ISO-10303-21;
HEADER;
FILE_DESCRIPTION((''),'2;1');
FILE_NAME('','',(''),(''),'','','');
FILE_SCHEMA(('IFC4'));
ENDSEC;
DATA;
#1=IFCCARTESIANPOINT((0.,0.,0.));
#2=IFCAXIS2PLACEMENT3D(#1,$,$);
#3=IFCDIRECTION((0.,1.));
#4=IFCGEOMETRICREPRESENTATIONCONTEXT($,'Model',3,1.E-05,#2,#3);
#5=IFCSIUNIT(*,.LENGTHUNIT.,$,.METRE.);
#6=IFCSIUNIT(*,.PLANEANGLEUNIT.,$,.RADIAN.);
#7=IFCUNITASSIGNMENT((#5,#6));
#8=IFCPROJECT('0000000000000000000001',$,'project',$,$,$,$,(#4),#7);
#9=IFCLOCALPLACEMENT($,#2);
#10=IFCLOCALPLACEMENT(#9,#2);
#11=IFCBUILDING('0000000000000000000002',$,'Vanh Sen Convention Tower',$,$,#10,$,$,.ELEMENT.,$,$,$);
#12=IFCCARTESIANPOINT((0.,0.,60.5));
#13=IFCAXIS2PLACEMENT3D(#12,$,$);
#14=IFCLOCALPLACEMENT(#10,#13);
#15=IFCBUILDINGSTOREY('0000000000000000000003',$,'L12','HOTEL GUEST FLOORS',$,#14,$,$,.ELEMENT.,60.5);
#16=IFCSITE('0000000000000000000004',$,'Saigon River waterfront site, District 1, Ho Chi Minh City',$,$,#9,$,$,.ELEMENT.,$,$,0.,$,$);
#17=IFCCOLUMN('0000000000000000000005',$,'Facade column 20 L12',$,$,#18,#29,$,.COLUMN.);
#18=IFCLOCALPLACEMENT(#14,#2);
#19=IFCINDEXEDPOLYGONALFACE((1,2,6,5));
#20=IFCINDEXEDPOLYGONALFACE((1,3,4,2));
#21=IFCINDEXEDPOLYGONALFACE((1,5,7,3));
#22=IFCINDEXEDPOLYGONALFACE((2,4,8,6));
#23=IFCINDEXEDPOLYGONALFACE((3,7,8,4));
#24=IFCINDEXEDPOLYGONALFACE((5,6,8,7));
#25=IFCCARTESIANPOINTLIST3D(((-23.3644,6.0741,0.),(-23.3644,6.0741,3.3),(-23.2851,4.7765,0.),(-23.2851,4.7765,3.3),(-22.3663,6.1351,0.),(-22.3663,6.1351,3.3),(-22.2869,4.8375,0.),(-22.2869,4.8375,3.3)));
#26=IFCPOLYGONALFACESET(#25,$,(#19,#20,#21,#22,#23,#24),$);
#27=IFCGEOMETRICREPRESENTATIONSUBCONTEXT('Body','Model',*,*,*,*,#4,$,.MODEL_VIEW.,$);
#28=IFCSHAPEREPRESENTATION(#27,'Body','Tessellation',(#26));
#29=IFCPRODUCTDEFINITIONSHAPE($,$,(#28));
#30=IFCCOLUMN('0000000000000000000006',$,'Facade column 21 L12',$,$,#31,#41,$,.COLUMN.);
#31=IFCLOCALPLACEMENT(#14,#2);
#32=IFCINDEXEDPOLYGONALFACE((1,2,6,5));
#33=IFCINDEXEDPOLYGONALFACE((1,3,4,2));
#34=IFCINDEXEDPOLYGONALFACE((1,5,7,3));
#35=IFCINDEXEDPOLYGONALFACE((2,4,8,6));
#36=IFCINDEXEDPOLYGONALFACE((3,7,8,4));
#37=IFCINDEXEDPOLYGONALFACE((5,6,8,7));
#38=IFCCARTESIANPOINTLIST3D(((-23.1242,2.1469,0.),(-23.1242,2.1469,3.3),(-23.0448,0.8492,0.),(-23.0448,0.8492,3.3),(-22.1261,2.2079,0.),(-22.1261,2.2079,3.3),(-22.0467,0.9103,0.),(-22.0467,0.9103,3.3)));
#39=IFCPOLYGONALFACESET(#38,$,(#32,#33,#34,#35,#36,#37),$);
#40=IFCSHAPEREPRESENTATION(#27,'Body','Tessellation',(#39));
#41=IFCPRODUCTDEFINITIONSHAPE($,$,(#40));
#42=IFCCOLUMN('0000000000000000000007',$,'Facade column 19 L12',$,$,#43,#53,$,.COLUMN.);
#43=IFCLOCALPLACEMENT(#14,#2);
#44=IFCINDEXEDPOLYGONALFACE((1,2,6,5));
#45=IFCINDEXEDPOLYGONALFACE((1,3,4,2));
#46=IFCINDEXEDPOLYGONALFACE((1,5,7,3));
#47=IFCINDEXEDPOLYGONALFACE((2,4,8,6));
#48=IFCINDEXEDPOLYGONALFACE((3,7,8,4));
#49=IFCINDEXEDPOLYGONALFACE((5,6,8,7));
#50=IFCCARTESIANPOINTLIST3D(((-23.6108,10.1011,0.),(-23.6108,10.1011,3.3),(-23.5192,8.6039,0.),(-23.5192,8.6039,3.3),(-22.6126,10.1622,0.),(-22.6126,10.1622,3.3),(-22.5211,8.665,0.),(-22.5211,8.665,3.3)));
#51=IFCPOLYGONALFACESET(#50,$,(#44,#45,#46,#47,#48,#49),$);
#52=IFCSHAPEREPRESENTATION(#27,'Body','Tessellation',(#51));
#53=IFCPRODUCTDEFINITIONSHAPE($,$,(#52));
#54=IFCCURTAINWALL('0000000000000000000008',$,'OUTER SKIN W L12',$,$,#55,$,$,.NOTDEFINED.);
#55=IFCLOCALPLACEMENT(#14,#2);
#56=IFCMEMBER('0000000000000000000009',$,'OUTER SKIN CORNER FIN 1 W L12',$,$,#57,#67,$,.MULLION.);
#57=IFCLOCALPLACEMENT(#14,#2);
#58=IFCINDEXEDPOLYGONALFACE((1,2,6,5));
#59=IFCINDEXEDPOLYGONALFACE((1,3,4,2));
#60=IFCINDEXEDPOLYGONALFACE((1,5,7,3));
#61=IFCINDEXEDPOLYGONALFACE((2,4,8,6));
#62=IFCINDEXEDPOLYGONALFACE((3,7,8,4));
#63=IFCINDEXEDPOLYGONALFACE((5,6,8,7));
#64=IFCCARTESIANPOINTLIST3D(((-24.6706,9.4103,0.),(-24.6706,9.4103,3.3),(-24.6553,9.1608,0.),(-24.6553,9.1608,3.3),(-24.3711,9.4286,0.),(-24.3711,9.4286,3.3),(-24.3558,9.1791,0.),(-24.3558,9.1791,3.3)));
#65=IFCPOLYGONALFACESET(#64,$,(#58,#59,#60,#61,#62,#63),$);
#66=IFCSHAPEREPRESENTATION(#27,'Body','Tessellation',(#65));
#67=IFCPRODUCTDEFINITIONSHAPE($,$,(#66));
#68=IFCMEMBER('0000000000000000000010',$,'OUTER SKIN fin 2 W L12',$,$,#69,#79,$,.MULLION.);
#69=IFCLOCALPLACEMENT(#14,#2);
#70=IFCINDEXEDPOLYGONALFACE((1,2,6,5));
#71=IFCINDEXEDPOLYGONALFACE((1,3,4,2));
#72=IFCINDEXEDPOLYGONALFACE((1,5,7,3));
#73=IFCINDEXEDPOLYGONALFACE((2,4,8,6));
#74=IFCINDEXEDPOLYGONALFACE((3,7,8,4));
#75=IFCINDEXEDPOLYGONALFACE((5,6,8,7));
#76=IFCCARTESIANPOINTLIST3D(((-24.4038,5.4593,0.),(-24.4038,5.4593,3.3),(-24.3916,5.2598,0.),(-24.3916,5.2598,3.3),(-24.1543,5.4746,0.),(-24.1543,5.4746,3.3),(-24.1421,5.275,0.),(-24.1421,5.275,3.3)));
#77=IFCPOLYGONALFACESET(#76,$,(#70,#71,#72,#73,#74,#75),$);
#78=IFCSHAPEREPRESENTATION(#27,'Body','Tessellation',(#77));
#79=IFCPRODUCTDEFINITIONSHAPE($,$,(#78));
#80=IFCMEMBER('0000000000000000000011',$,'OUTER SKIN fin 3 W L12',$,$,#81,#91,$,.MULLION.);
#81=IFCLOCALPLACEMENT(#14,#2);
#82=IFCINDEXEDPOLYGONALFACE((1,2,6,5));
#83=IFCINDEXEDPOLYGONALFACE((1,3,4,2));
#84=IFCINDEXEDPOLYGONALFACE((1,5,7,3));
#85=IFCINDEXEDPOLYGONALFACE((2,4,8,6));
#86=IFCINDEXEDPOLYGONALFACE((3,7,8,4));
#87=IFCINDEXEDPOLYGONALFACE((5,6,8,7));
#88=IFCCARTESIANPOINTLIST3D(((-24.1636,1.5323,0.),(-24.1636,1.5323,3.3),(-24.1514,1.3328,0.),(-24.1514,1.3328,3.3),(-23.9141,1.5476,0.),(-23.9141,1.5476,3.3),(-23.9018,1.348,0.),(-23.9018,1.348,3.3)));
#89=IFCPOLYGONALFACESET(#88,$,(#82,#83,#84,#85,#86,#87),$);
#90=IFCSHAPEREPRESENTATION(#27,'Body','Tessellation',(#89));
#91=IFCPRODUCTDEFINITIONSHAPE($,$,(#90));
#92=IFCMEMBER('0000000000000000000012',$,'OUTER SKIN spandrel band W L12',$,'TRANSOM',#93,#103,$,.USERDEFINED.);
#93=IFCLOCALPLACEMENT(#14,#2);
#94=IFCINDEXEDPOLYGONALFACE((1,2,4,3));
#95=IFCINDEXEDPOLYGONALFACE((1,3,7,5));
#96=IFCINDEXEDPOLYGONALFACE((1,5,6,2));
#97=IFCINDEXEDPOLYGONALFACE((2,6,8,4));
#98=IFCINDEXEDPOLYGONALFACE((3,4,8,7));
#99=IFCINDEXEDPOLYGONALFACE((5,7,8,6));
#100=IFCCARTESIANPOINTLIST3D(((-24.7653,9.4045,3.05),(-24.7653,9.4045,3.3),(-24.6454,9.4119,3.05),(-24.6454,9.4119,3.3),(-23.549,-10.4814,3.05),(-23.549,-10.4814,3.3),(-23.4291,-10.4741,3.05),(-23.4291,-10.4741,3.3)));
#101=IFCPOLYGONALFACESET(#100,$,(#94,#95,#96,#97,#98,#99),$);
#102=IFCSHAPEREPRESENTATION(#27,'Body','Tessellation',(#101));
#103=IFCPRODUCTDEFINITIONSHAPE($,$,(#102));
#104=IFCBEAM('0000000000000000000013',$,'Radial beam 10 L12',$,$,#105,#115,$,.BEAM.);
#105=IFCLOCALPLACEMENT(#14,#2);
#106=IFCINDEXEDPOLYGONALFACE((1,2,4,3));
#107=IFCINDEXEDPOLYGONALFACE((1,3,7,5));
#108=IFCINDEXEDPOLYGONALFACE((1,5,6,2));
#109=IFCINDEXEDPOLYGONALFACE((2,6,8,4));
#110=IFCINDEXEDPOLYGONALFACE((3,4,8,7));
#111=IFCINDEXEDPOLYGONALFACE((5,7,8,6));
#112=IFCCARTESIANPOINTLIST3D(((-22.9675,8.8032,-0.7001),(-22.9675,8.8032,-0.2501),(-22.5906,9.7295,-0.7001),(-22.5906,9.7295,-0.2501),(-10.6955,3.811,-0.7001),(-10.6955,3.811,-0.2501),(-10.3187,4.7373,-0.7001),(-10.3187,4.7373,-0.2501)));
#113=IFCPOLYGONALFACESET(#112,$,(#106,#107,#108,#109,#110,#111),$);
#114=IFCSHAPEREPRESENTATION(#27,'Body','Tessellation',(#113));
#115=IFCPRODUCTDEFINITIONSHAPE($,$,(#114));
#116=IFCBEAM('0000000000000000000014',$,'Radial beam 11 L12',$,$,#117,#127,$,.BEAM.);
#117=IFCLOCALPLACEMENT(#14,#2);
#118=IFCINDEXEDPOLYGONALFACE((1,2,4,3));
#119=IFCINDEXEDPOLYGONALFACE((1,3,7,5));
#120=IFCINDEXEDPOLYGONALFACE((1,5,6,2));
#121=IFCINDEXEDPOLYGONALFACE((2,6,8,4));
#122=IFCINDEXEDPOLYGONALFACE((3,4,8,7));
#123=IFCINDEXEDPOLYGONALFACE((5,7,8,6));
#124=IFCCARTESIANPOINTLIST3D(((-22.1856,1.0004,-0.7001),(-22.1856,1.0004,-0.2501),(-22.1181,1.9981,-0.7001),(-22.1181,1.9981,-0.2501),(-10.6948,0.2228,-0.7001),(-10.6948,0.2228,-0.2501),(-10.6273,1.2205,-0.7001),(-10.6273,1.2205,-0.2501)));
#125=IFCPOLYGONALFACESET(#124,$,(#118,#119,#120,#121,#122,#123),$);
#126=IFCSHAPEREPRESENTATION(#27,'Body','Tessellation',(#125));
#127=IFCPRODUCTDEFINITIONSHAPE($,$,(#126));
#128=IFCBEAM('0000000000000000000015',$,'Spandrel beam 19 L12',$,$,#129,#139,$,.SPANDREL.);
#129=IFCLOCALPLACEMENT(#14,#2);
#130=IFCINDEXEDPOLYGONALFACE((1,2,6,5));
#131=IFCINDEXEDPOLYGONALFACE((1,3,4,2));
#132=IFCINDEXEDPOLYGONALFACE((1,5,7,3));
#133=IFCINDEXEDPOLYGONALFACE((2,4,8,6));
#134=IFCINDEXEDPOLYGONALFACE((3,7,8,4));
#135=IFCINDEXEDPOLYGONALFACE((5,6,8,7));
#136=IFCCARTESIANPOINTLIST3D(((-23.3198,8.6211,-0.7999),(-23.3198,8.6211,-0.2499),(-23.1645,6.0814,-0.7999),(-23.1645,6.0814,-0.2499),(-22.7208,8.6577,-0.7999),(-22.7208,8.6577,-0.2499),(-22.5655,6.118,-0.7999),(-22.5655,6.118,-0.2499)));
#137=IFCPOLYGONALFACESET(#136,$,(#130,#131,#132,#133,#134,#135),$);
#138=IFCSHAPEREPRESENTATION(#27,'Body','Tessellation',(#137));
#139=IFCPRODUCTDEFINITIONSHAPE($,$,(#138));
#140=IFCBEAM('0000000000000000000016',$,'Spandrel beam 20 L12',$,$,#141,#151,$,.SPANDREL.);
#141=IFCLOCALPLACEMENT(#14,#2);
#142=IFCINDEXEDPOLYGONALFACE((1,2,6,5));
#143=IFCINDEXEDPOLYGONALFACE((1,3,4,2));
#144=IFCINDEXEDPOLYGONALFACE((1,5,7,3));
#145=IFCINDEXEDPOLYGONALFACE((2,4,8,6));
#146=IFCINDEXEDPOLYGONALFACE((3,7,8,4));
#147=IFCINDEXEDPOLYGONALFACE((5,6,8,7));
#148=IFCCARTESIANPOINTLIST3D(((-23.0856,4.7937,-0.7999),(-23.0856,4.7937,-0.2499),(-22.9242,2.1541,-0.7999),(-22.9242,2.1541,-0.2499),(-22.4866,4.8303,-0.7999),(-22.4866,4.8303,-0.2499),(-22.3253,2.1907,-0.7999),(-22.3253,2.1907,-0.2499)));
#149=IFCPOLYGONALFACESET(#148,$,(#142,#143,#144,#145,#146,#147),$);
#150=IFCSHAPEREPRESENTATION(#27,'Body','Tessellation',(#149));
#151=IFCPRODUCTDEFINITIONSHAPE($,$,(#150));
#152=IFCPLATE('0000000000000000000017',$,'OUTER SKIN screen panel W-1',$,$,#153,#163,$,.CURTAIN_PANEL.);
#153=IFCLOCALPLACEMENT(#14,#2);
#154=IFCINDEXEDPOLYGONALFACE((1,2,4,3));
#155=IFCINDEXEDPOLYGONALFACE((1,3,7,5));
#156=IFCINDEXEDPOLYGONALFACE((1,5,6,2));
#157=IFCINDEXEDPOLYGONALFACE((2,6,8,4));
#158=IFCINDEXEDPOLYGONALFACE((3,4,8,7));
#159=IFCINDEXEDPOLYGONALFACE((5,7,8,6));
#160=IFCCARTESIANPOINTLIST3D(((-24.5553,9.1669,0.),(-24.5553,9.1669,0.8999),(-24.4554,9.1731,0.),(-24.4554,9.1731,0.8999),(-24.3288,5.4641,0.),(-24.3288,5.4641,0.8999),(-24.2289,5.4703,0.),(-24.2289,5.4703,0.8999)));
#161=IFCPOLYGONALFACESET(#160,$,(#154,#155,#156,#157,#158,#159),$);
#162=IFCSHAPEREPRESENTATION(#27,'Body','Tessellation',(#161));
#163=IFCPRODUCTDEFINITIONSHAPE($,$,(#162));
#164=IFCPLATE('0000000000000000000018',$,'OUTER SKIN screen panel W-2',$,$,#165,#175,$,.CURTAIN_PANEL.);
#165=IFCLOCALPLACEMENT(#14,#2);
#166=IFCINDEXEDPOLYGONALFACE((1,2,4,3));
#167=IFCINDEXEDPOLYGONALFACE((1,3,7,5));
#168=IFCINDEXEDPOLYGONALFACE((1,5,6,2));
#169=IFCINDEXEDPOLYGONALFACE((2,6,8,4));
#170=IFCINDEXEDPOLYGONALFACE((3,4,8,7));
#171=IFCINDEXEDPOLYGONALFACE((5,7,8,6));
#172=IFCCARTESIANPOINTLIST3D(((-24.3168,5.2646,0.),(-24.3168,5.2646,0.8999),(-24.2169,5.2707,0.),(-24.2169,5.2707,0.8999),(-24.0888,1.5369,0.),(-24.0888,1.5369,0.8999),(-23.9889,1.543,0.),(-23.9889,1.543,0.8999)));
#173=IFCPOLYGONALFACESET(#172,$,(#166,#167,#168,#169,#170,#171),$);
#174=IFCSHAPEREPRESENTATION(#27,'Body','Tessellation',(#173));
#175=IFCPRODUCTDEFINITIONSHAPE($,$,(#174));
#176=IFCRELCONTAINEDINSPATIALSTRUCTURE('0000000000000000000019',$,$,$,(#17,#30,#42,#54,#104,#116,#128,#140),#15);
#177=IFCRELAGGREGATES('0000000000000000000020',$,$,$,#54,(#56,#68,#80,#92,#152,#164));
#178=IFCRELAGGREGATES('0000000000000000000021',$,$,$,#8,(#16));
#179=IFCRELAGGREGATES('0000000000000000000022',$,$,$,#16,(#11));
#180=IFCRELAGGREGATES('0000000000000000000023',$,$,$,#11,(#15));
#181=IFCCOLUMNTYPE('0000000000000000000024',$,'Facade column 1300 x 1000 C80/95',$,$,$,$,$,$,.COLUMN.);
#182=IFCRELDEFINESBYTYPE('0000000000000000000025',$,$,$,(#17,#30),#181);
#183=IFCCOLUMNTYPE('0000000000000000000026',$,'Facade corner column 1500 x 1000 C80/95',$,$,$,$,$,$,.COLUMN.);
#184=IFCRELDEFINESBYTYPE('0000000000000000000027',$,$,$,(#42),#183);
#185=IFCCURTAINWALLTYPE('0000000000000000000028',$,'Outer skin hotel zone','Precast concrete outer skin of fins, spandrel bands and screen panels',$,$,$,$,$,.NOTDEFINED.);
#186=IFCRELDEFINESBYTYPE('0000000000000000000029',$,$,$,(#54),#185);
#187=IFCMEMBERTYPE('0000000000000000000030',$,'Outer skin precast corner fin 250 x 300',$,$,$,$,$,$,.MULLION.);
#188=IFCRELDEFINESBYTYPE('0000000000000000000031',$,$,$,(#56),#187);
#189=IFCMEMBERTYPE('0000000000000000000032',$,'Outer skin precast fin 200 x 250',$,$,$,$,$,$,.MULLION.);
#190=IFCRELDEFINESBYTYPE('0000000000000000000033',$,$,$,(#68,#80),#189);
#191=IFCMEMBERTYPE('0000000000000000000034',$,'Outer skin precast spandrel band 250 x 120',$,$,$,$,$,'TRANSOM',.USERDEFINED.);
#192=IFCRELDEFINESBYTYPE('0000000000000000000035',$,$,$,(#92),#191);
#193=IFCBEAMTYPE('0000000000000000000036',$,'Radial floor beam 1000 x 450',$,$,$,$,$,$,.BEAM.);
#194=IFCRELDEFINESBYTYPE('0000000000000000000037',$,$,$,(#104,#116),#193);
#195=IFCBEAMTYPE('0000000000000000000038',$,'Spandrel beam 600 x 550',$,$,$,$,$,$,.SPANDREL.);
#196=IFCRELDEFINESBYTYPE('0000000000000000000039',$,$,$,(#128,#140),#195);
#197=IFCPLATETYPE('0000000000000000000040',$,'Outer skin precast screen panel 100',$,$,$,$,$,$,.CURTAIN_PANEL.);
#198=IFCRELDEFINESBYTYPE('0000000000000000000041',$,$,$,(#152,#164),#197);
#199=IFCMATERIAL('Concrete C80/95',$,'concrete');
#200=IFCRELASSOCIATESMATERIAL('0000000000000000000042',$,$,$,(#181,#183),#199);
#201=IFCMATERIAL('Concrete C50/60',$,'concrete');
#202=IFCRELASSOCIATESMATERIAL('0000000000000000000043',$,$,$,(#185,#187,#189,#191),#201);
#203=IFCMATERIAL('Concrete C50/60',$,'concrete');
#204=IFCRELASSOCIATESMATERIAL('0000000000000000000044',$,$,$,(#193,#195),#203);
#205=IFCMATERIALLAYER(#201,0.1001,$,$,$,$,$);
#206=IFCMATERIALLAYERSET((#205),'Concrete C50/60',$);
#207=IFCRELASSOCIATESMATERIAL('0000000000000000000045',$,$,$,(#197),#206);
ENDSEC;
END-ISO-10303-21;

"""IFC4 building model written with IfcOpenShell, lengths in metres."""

from ifc_helpers import new_model, si_unit, direction, frame, origin, origin_2d, place, context, subcontext, project, spatial, rectangle, extrude, material, layer, layer_set, material_profile, profile_set, type_object, element, aggregate, save


model = new_model("IFC4")

# Units and contexts
model_context = context("Model", 3, precision=1e-05, world=origin(), true_north=direction((0.0, 1.0)))
body_context = subcontext(model_context, "Body", "Model", "MODEL_VIEW")
ifc_project = project(units=[si_unit("LENGTHUNIT", "METRE"), si_unit("PLANEANGLEUNIT", "RADIAN")], contexts=[model_context])

# Site, building, storey
site_placement = place(None, origin())
site = spatial("IfcSite", under=ifc_project, at=site_placement, Name="Saigon River waterfront site, District 1, Ho Chi Minh City", CompositionType="ELEMENT", RefElevation=0.0)
building_placement = place(site_placement, origin())
building = spatial("IfcBuilding", under=site, at=building_placement, Name="Vanh Sen Convention Tower", CompositionType="ELEMENT")
storey_placement = place(building_placement, frame((0.0, 0.0, 60.5)))
storey = spatial("IfcBuildingStorey", under=building, at=storey_placement, Name="L12", Description="HOTEL GUEST FLOORS", CompositionType="ELEMENT", Elevation=60.5)

# Columns
ifc_material_1 = material(Name="Concrete C80/95", Category="concrete")
ifc_material_profile_1 = material_profile(ifc_material_1, rectangle(XDim=1.3, YDim=1.0, at=origin_2d()), Name="RC 1300X1000")
ifc_profile_set_1 = profile_set([ifc_material_profile_1], Name="Concrete C80/95")
column_type_1 = type_object("IfcColumnType", Name="Facade column 1300 x 1000 C80/95", PredefinedType="COLUMN", material=ifc_profile_set_1)
for number, where, z_axis, x_axis, name in (
    (1, (-22.8257, 5.4558, 0.0), (0.0, 0.0, 1.0), (0.061049, -0.998135, 0.0), "Facade column 20 L12"),
    (2, (-22.5854, 1.5286, 0.0), (0.0, 0.0, 1.0), (0.061049, -0.998135, 0.0), "Facade column 21 L12"),
):
    element("IfcColumn", number, at=place(storey_placement, frame(where, z_axis=z_axis, x_axis=x_axis)), inside=storey, type_object=column_type_1, Name=name, PredefinedType="COLUMN", context=body_context, shape_type="SweptSolid", body=[
        extrude(rectangle(XDim=1.3, YDim=1.0, at=origin_2d()), origin(), (0.0, 0.0, 1.0), 3.3),
    ])
ifc_material_profile_2 = material_profile(ifc_material_1, rectangle(XDim=1.5, YDim=1.0, at=origin_2d()), Name="RC 1500X1000")
ifc_profile_set_2 = profile_set([ifc_material_profile_2], Name="Concrete C80/95")
column_type_2 = type_object("IfcColumnType", Name="Facade corner column 1500 x 1000 C80/95", PredefinedType="COLUMN", material=ifc_profile_set_2)
column_placement = place(storey_placement, frame((-23.0659, 9.3831, 0.0), z_axis=(0.0, 0.0, 1.0), x_axis=(0.061049, -0.998135, 0.0)))
element("IfcColumn", 3, at=column_placement, inside=storey, type_object=column_type_2, Name="Facade column 19 L12", PredefinedType="COLUMN", context=body_context, shape_type="SweptSolid", body=[
    extrude(rectangle(XDim=1.5, YDim=1.0, at=origin_2d()), origin(), (0.0, 0.0, 1.0), 3.3),
])

# Curtain wall, members
ifc_material_2 = material(Name="Concrete C50/60", Category="concrete")
curtain_wall_type = type_object("IfcCurtainWallType", Name="Outer skin hotel zone", Description="Precast concrete outer skin of fins, spandrel bands and screen panels", PredefinedType="NOTDEFINED", material=ifc_material_2)
curtain_wall_placement = place(storey_placement, origin())
curtain_wall = element("IfcCurtainWall", 4, at=curtain_wall_placement, inside=storey, type_object=curtain_wall_type, Name="OUTER SKIN W L12", PredefinedType="NOTDEFINED")
ifc_material_profile_3 = material_profile(ifc_material_2, rectangle(XDim=0.25, YDim=0.3, at=origin_2d()), Name="Outer skin precast corner fin 250 x 300")
ifc_profile_set_3 = profile_set([ifc_material_profile_3], Name="Concrete C50/60")
member_type_1 = type_object("IfcMemberType", Name="Outer skin precast corner fin 250 x 300", PredefinedType="MULLION", material=ifc_profile_set_3)
member_1_placement = place(storey_placement, frame((-24.5132, 9.2947, 0.0), z_axis=(0.0, 0.0, 1.0), x_axis=(0.061049, -0.998135, 0.0)))
member_1 = element("IfcMember", 5, at=member_1_placement, type_object=member_type_1, Name="OUTER SKIN CORNER FIN 1 W L12", PredefinedType="MULLION", context=body_context, shape_type="SweptSolid", body=[
    extrude(rectangle(XDim=0.25, YDim=0.3, at=origin_2d()), origin(), (0.0, 0.0, 1.0), 3.3),
])
ifc_material_profile_4 = material_profile(ifc_material_2, rectangle(XDim=0.2, YDim=0.25, at=origin_2d()), Name="Outer skin precast fin 200 x 250")
ifc_profile_set_4 = profile_set([ifc_material_profile_4], Name="Concrete C50/60")
member_type_2 = type_object("IfcMemberType", Name="Outer skin precast fin 200 x 250", PredefinedType="MULLION", material=ifc_profile_set_4)
member_2_placement = place(storey_placement, frame((-24.2729, 5.3672, 0.0), z_axis=(0.0, 0.0, 1.0), x_axis=(0.061049, -0.998135, 0.0)))
member_2 = element("IfcMember", 6, at=member_2_placement, type_object=member_type_2, Name="OUTER SKIN fin 2 W L12", PredefinedType="MULLION", context=body_context, shape_type="SweptSolid", body=[
    extrude(rectangle(XDim=0.2, YDim=0.25, at=origin_2d()), origin(), (0.0, 0.0, 1.0), 3.3),
])
member_3_placement = place(storey_placement, frame((-24.0327, 1.4402, 0.0), z_axis=(0.0, 0.0, 1.0), x_axis=(0.061049, -0.998135, 0.0)))
member_3 = element("IfcMember", 7, at=member_3_placement, type_object=member_type_2, Name="OUTER SKIN fin 3 W L12", PredefinedType="MULLION", context=body_context, shape_type="SweptSolid", body=[
    extrude(rectangle(XDim=0.2, YDim=0.25, at=origin_2d()), origin(), (0.0, 0.0, 1.0), 3.3),
])
ifc_material_profile_5 = material_profile(ifc_material_2, rectangle(XDim=0.1201, YDim=0.25, at=origin_2d()), Name="Outer skin precast spandrel band 250 x 120")
ifc_profile_set_5 = profile_set([ifc_material_profile_5], Name="Concrete C50/60")
member_type_3 = type_object("IfcMemberType", Name="Outer skin precast spandrel band 250 x 120", ElementType="TRANSOM", PredefinedType="USERDEFINED", material=ifc_profile_set_5)
member_4_placement = place(storey_placement, frame((-24.7053, 9.4082, 3.175), z_axis=(0.06105, -0.998135, 0.0), x_axis=(0.998135, 0.06105, 0.0)))
member_4 = element("IfcMember", 8, at=member_4_placement, type_object=member_type_3, Name="OUTER SKIN spandrel band W L12", ObjectType="TRANSOM", PredefinedType="USERDEFINED", context=body_context, shape_type="SweptSolid", body=[
    extrude(rectangle(XDim=0.1201, YDim=0.25, at=origin_2d()), origin(), (0.0, 0.0, 1.0), 19.9231),
])

# Beams
ifc_material_3 = material(Name="Concrete C50/60", Category="concrete")
ifc_material_profile_6 = material_profile(ifc_material_3, rectangle(XDim=1.0, YDim=0.45, at=origin_2d()), Name="RC 1000X450")
ifc_profile_set_6 = profile_set([ifc_material_profile_6], Name="Concrete C50/60")
beam_type_1 = type_object("IfcBeamType", Name="Radial floor beam 1000 x 450", PredefinedType="BEAM", material=ifc_profile_set_6)
beam_1_placement = place(storey_placement, frame((-22.7791, 9.2664, -0.4751), z_axis=(0.92629, -0.376811, 0.0), x_axis=(0.376811, 0.92629, 0.0)))
element("IfcBeam", 9, at=beam_1_placement, inside=storey, type_object=beam_type_1, Name="Radial beam 10 L12", PredefinedType="BEAM", context=body_context, shape_type="SweptSolid", body=[
    extrude(rectangle(XDim=1.0, YDim=0.45, at=origin_2d()), origin(), (0.0, 0.0, 1.0), 13.2485),
])
beam_2_placement = place(storey_placement, frame((-22.1519, 1.4993, -0.4751), z_axis=(0.997718, -0.067517, 0.0), x_axis=(0.067517, 0.997718, 0.0)))
element("IfcBeam", 10, at=beam_2_placement, inside=storey, type_object=beam_type_1, Name="Radial beam 11 L12", PredefinedType="BEAM", context=body_context, shape_type="SweptSolid", body=[
    extrude(rectangle(XDim=1.0, YDim=0.45, at=origin_2d()), origin(), (0.0, 0.0, 1.0), 11.5171),
])
ifc_material_profile_7 = material_profile(ifc_material_3, rectangle(XDim=0.6001, YDim=0.55, at=origin_2d()), Name="RC 600X550")
ifc_profile_set_7 = profile_set([ifc_material_profile_7], Name="Concrete C50/60")
beam_type_2 = type_object("IfcBeamType", Name="Spandrel beam 600 x 550", PredefinedType="SPANDREL", material=ifc_profile_set_7)
beam_3_placement = place(storey_placement, frame((-23.0203, 8.6394, -0.5249), z_axis=(0.061022, -0.998136, 0.0), x_axis=(0.998136, 0.061022, 0.0)))
element("IfcBeam", 11, at=beam_3_placement, inside=storey, type_object=beam_type_2, Name="Spandrel beam 19 L12", PredefinedType="SPANDREL", context=body_context, shape_type="SweptSolid", body=[
    extrude(rectangle(XDim=0.6001, YDim=0.55, at=origin_2d()), origin(), (0.0, 0.0, 1.0), 2.5444),
])
beam_4_placement = place(storey_placement, frame((-22.7861, 4.812, -0.5249), z_axis=(0.061022, -0.998136, 0.0), x_axis=(0.998136, 0.061022, 0.0)))
element("IfcBeam", 12, at=beam_4_placement, inside=storey, type_object=beam_type_2, Name="Spandrel beam 20 L12", PredefinedType="SPANDREL", context=body_context, shape_type="SweptSolid", body=[
    extrude(rectangle(XDim=0.6001, YDim=0.55, at=origin_2d()), origin(), (0.0, 0.0, 1.0), 2.6445),
])

# Plates
ifc_layer_1 = layer(ifc_material_2, 0.1001)
ifc_layer_set_1 = layer_set([ifc_layer_1], Name="Concrete C50/60")
plate_type = type_object("IfcPlateType", Name="Outer skin precast screen panel 100", PredefinedType="CURTAIN_PANEL", material=ifc_layer_set_1)
plate_1_placement = place(storey_placement, frame((-24.3921, 7.3186, 0.0), z_axis=(0.0, 0.0, 1.0), x_axis=(0.061047, -0.998135, 0.0)))
plate_1 = element("IfcPlate", 13, at=plate_1_placement, type_object=plate_type, Name="OUTER SKIN screen panel W-1", PredefinedType="CURTAIN_PANEL", context=body_context, shape_type="SweptSolid", body=[
    extrude(rectangle(XDim=3.7097, YDim=0.1001, at=origin_2d()), origin(), (0.0, 0.0, 1.0), 0.8999),
])
plate_2_placement = place(storey_placement, frame((-24.1528, 3.4038, 0.0), z_axis=(0.0, 0.0, 1.0), x_axis=(0.061049, -0.998135, 0.0)))
plate_2 = element("IfcPlate", 14, at=plate_2_placement, type_object=plate_type, Name="OUTER SKIN screen panel W-2", PredefinedType="CURTAIN_PANEL", context=body_context, shape_type="SweptSolid", body=[
    extrude(rectangle(XDim=3.7346, YDim=0.1001, at=origin_2d()), origin(), (0.0, 0.0, 1.0), 0.8999),
])
aggregate(curtain_wall, [member_1, member_2, member_3, member_4, plate_1, plate_2])

save(model, "model.ifc")
